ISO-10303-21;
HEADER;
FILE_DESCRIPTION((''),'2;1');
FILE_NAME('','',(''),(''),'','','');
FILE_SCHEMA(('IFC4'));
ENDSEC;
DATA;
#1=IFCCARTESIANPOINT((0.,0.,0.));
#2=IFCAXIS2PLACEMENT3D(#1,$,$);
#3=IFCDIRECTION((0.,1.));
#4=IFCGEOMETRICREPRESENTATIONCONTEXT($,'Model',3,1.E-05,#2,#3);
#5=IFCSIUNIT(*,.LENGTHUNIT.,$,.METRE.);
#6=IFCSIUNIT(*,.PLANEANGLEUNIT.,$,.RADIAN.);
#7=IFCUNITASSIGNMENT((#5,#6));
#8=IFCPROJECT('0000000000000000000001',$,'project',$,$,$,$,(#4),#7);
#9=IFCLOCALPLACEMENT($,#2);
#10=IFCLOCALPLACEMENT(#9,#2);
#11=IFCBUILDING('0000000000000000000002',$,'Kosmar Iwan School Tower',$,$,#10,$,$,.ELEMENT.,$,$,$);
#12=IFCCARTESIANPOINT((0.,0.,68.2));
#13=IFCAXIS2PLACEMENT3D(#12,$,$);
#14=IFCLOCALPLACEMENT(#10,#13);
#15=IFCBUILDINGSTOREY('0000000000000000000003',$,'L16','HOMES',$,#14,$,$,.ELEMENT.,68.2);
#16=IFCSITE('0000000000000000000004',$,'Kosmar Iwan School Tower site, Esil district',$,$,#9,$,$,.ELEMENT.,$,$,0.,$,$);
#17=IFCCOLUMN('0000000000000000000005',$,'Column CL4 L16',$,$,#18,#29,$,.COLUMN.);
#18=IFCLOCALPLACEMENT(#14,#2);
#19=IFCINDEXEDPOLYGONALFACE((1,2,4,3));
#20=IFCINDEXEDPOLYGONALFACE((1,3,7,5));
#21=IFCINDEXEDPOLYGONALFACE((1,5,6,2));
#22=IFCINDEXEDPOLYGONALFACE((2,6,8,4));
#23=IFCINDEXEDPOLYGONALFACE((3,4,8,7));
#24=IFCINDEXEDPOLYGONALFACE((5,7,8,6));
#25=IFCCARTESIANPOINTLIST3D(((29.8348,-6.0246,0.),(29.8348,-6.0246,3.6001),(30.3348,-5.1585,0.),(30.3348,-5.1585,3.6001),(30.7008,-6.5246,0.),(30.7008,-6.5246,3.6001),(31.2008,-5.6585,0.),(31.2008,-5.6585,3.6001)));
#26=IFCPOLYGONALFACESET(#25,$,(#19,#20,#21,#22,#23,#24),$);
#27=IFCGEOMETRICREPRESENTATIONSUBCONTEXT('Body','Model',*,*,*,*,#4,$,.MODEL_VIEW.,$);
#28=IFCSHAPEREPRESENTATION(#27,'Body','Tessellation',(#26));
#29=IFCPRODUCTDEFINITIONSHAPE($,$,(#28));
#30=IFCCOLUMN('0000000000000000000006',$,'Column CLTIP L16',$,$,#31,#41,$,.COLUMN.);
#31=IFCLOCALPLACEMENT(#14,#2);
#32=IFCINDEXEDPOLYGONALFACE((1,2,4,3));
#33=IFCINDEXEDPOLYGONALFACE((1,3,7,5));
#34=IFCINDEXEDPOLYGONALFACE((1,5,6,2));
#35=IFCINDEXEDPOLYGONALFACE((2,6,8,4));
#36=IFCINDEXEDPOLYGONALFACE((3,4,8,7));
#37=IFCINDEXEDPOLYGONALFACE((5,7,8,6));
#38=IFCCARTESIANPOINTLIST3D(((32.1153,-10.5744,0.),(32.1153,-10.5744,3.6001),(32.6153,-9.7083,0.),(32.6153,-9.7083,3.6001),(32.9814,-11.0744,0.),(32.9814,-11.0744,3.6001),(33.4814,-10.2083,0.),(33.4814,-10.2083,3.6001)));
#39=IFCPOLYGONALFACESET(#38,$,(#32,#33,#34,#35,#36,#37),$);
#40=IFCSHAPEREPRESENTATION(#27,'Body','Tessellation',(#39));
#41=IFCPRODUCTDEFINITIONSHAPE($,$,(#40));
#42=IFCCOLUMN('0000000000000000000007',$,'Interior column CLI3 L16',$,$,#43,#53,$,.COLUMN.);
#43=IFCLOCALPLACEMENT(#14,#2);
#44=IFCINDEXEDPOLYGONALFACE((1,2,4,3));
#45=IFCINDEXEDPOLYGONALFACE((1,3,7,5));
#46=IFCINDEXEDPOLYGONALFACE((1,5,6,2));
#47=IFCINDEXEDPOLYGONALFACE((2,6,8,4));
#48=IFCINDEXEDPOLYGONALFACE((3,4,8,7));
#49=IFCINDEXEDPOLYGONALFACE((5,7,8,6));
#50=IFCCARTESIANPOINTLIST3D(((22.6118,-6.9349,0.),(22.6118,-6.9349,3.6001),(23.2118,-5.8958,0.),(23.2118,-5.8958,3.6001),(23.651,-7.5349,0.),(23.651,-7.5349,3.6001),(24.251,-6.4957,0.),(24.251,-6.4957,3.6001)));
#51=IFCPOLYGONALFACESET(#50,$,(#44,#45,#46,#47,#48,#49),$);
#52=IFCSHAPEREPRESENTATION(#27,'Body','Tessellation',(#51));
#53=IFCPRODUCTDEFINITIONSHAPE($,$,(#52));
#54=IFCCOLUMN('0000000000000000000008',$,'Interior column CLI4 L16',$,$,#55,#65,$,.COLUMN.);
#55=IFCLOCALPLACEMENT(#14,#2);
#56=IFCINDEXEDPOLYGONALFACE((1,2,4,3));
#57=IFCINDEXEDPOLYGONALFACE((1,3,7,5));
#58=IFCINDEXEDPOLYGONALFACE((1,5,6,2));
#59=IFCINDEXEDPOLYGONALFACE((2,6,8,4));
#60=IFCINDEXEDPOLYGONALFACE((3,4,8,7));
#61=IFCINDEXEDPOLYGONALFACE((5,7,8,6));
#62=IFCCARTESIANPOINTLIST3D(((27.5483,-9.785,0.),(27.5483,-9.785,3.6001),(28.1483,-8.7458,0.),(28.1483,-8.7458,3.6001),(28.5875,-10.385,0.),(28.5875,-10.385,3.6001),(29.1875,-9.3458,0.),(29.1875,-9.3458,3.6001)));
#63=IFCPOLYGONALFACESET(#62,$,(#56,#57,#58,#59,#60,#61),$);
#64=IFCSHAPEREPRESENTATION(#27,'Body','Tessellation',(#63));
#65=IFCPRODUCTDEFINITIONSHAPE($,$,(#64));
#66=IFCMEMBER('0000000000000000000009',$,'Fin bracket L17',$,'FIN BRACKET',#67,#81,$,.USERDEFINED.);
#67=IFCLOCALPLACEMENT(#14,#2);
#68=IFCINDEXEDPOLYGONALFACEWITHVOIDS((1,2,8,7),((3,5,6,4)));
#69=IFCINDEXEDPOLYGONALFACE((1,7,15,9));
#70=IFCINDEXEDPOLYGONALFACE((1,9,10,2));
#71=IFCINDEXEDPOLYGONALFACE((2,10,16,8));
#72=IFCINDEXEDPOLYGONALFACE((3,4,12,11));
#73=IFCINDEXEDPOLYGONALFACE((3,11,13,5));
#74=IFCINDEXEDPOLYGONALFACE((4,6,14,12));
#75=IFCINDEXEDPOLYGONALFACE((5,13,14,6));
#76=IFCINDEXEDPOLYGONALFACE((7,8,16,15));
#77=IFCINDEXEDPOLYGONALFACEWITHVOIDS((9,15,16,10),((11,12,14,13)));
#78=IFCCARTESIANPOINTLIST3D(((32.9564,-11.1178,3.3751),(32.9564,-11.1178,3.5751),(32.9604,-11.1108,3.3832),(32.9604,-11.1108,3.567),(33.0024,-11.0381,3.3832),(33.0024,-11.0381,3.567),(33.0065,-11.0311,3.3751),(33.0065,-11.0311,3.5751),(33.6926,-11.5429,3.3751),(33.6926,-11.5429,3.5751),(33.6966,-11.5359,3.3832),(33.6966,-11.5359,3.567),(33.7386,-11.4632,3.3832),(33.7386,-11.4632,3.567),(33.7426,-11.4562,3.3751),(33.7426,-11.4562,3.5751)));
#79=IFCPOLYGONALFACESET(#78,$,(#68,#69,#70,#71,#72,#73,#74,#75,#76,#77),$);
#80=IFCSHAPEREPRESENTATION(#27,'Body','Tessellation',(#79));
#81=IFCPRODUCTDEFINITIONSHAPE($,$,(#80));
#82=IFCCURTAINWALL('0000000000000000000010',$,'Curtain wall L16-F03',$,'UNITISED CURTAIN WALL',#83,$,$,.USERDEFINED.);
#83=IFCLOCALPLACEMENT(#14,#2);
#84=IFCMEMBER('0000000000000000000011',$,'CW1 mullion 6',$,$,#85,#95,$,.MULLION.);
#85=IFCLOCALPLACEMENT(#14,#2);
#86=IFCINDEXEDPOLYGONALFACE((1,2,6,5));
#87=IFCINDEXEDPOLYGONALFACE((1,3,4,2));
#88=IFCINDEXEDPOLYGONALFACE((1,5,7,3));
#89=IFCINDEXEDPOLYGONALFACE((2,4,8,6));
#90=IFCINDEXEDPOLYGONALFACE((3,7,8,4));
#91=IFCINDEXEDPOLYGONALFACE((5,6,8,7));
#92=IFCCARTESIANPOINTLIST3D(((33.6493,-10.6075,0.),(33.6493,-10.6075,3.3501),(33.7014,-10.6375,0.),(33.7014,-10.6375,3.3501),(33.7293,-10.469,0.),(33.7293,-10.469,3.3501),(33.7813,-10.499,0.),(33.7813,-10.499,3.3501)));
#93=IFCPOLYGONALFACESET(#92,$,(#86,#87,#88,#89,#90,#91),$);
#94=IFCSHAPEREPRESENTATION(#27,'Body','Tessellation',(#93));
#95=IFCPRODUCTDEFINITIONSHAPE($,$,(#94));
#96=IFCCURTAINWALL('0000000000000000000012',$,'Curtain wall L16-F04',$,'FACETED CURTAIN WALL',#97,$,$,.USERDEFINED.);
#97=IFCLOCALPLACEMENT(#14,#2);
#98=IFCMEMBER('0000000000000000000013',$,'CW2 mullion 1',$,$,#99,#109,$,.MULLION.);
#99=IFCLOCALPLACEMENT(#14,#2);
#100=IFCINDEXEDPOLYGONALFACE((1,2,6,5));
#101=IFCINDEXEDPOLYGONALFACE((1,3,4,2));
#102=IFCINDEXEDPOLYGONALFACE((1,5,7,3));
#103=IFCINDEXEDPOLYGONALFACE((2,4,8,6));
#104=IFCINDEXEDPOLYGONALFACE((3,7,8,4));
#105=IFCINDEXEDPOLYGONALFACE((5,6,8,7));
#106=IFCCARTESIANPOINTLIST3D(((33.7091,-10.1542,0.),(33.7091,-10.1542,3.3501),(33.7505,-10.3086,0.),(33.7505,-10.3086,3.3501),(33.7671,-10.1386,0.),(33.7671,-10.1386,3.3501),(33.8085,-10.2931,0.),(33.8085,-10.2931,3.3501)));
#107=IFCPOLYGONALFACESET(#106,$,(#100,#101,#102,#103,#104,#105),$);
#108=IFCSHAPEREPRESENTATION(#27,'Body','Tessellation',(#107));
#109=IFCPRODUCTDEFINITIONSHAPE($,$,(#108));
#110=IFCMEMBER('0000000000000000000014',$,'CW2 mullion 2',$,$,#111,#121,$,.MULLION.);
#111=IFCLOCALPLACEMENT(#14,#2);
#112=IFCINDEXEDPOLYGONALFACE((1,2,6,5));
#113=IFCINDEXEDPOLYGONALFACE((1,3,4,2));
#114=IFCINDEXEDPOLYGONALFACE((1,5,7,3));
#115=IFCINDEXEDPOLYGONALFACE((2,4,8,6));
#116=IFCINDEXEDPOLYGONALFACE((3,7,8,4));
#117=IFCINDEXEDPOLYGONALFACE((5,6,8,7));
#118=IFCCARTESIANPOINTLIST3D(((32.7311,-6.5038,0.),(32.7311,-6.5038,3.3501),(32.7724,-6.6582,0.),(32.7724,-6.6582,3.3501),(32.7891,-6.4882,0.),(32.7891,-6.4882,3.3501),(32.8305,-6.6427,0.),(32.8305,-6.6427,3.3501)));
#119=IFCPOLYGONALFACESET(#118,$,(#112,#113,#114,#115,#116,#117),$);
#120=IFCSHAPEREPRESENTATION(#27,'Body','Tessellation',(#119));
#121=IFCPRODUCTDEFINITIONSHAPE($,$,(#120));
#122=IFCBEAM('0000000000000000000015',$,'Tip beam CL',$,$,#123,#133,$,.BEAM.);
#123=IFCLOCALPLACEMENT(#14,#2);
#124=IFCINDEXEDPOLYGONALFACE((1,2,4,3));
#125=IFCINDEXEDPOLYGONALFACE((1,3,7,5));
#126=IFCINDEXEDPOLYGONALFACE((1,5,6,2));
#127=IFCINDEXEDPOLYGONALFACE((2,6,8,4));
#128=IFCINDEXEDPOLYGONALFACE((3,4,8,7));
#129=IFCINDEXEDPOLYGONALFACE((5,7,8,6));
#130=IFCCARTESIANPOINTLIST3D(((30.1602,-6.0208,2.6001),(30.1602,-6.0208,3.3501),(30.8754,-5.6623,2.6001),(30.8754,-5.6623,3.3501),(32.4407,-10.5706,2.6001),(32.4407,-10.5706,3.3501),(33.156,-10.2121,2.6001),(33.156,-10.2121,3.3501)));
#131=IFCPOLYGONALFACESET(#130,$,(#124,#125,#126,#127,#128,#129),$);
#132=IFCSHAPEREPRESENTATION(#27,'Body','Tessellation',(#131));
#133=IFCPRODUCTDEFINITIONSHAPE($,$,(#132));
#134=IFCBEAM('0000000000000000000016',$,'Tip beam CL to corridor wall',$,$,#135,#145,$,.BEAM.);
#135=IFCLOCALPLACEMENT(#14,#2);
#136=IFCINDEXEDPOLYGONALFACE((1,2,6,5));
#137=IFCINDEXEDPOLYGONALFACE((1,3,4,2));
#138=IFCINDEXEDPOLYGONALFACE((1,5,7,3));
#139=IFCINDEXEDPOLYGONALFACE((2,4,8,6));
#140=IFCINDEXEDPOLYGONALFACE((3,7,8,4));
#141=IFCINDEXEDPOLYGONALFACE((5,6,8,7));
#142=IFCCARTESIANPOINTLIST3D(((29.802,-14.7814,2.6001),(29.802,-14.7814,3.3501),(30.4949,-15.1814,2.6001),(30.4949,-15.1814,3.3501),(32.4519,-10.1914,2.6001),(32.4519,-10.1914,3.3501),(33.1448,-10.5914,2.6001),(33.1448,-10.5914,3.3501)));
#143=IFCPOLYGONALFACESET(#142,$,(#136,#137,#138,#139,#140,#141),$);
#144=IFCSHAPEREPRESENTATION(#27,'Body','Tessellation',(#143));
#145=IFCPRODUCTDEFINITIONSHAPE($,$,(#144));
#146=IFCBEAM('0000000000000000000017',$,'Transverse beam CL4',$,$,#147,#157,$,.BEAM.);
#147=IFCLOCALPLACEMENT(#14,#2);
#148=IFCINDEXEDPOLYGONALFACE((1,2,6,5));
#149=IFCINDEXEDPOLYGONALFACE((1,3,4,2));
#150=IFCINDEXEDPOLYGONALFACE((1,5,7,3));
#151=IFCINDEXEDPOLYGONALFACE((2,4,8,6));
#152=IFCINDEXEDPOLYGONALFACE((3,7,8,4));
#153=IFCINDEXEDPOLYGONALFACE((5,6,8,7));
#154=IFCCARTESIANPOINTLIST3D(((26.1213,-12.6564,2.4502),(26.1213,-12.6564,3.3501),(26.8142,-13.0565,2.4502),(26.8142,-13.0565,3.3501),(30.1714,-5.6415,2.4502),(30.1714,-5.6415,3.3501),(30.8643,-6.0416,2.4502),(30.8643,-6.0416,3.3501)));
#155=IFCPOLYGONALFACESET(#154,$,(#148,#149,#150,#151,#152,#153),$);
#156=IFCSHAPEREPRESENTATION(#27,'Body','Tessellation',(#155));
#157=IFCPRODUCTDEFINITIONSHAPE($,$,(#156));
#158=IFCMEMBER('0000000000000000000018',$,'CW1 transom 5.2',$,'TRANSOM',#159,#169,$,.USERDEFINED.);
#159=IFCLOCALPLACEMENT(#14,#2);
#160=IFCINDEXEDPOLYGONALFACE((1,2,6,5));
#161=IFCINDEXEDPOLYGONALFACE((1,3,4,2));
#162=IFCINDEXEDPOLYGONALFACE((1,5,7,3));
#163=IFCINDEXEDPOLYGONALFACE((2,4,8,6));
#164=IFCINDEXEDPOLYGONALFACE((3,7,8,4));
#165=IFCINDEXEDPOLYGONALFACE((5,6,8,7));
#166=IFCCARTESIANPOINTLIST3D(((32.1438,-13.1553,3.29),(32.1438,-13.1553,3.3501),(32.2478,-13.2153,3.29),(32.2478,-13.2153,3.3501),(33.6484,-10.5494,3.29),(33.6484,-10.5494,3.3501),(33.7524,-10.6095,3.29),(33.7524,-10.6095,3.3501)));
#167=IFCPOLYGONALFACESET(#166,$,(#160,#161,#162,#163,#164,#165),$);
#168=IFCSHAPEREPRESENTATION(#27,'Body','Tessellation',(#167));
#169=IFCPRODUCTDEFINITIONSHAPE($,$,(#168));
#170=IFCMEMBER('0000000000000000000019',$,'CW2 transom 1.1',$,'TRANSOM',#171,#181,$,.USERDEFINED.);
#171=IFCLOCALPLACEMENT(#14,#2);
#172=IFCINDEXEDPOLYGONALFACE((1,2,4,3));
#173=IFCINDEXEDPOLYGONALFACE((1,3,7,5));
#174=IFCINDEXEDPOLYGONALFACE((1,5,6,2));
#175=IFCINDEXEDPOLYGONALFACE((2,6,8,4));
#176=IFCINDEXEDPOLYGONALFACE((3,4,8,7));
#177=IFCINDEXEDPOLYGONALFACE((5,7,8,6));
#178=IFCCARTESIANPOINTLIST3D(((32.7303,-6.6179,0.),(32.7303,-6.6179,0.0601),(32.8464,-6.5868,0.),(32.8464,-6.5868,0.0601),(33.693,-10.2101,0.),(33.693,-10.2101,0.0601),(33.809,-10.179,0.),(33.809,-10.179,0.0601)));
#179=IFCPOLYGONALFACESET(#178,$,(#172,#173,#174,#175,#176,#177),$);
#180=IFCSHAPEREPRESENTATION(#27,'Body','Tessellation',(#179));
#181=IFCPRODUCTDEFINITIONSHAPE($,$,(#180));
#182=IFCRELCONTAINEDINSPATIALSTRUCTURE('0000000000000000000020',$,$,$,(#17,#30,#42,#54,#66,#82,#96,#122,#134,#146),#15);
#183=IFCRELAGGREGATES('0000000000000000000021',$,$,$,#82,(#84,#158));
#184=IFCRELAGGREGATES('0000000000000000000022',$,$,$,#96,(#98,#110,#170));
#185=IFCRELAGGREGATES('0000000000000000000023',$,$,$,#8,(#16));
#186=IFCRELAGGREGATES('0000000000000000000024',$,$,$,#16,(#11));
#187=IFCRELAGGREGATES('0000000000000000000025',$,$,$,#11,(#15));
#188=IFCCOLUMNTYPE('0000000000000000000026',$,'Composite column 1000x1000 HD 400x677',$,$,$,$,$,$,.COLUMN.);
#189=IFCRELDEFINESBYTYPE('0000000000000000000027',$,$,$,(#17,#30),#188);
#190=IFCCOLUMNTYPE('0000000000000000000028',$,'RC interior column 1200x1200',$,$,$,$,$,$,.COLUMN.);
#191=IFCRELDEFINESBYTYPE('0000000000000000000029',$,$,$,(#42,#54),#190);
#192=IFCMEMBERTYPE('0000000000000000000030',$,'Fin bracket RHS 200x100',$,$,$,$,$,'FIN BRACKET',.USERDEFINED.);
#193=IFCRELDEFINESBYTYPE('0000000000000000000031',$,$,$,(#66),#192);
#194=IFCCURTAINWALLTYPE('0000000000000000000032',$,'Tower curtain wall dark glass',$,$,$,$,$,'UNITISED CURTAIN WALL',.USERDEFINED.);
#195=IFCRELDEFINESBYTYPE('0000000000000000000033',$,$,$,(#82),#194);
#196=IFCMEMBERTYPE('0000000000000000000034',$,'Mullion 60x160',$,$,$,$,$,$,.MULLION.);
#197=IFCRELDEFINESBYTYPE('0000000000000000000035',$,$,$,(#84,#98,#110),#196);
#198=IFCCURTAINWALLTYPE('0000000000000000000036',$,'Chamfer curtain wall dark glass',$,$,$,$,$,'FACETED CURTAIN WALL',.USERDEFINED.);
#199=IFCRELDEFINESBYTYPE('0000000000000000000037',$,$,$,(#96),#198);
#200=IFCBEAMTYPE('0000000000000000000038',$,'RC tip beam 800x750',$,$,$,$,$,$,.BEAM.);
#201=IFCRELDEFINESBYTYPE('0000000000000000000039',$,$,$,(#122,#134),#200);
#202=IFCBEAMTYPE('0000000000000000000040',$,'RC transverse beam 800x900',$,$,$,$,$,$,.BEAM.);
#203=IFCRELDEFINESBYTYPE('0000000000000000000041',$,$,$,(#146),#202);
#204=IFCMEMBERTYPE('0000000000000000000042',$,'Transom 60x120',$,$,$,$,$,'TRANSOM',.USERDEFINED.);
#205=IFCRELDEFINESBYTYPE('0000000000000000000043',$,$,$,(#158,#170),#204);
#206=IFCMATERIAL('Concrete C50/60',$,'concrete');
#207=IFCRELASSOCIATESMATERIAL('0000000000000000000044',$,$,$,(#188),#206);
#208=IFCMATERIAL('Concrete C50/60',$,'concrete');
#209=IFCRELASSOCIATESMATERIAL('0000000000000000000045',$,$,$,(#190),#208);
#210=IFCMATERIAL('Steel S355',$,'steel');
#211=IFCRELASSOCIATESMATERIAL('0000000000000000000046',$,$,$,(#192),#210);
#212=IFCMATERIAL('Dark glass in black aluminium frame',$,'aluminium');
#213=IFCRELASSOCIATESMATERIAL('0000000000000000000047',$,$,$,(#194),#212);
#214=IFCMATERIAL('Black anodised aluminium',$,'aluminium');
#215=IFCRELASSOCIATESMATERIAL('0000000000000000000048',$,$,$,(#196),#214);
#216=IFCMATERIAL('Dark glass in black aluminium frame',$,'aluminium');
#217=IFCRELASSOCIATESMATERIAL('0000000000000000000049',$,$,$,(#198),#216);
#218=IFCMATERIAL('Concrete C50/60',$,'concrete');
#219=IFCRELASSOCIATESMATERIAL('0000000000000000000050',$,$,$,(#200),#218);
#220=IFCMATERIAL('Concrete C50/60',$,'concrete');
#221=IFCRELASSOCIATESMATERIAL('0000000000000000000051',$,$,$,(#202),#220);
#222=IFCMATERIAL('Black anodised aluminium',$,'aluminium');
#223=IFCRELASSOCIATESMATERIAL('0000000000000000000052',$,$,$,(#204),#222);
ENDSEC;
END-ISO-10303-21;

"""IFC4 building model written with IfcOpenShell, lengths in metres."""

from ifc_helpers import new_model, si_unit, direction, frame, origin, origin_2d, place, context, subcontext, project, spatial, rectangle, hollow_rectangle, extrude, material, material_profile, profile_set, type_object, element, aggregate, save


model = new_model("IFC4")

# Units and contexts
model_context = context("Model", 3, precision=1e-05, world=origin(), true_north=direction((0.0, 1.0)))
body_context = subcontext(model_context, "Body", "Model", "MODEL_VIEW")
ifc_project = project(units=[si_unit("LENGTHUNIT", "METRE"), si_unit("PLANEANGLEUNIT", "RADIAN")], contexts=[model_context])

# Site, building, storey
site_placement = place(None, origin())
site = spatial("IfcSite", under=ifc_project, at=site_placement, Name="Kosmar Iwan School Tower site, Esil district", CompositionType="ELEMENT", RefElevation=0.0)
building_placement = place(site_placement, origin())
building = spatial("IfcBuilding", under=site, at=building_placement, Name="Kosmar Iwan School Tower", CompositionType="ELEMENT")
storey_placement = place(building_placement, frame((0.0, 0.0, 68.2)))
storey = spatial("IfcBuildingStorey", under=building, at=storey_placement, Name="L16", Description="HOMES", CompositionType="ELEMENT", Elevation=68.2)

# Columns
ifc_material_1 = material(Name="Concrete C50/60", Category="concrete")
ifc_material_profile_1 = material_profile(ifc_material_1, rectangle(XDim=1.0, YDim=1.0, at=origin_2d()), Name="RC 1000x1000 + HD 400x677")
ifc_profile_set_1 = profile_set([ifc_material_profile_1], Name="Concrete C50/60")
column_type_1 = type_object("IfcColumnType", Name="Composite column 1000x1000 HD 400x677", PredefinedType="COLUMN", material=ifc_profile_set_1)
for number, where, z_axis, x_axis, name in (
    (1, (30.5178, -5.8416, 0.0), (0.0, 0.0, 1.0), (0.866025, -0.5, 0.0), "Column CL4 L16"),
    (2, (32.7983, -10.3914, 0.0), (0.0, 0.0, 1.0), (0.866025, -0.5, 0.0), "Column CLTIP L16"),
):
    element("IfcColumn", number, at=place(storey_placement, frame(where, z_axis=z_axis, x_axis=x_axis)), inside=storey, type_object=column_type_1, Name=name, PredefinedType="COLUMN", context=body_context, shape_type="SweptSolid", body=[
        extrude(rectangle(XDim=1.0, YDim=1.0, at=origin_2d()), origin(), (0.0, 0.0, 1.0), 3.6001),
    ])
ifc_material_2 = material(Name="Concrete C50/60", Category="concrete")
ifc_material_profile_2 = material_profile(ifc_material_2, rectangle(XDim=1.2, YDim=1.2, at=origin_2d()), Name="RC 1200x1200")
ifc_profile_set_2 = profile_set([ifc_material_profile_2], Name="Concrete C50/60")
column_type_2 = type_object("IfcColumnType", Name="RC interior column 1200x1200", PredefinedType="COLUMN", material=ifc_profile_set_2)
for number, where, z_axis, x_axis, name in (
    (3, (23.4314, -6.7153, 0.0), (0.0, 0.0, 1.0), (0.866025, -0.5, 0.0), "Interior column CLI3 L16"),
    (4, (28.3679, -9.5654, 0.0), (0.0, 0.0, 1.0), (0.866025, -0.5, 0.0), "Interior column CLI4 L16"),
):
    element("IfcColumn", number, at=place(storey_placement, frame(where, z_axis=z_axis, x_axis=x_axis)), inside=storey, type_object=column_type_2, Name=name, PredefinedType="COLUMN", context=body_context, shape_type="SweptSolid", body=[
        extrude(rectangle(XDim=1.2, YDim=1.2, at=origin_2d()), origin(), (0.0, 0.0, 1.0), 3.6001),
    ])

# Member
ifc_material_3 = material(Name="Steel S355", Category="steel")
ifc_material_profile_3 = material_profile(ifc_material_3, hollow_rectangle(XDim=0.1001, YDim=0.2, WallThickness=0.0081, at=origin_2d()), Name="RHS 200x100x8")
ifc_profile_set_3 = profile_set([ifc_material_profile_3], Name="Steel S355")
member_type_1 = type_object("IfcMemberType", Name="Fin bracket RHS 200x100", ElementType="FIN BRACKET", PredefinedType="USERDEFINED", material=ifc_profile_set_3)
member_1_placement = place(storey_placement, frame((32.9814, -11.0745, 3.4751), z_axis=(0.865989, -0.500062, 0.0), x_axis=(0.500062, 0.865989, 0.0)))
element("IfcMember", 5, at=member_1_placement, inside=storey, type_object=member_type_1, Name="Fin bracket L17", ObjectType="FIN BRACKET", PredefinedType="USERDEFINED", context=body_context, shape_type="SweptSolid", body=[
    extrude(hollow_rectangle(XDim=0.1001, YDim=0.2, WallThickness=0.0081, at=origin_2d()), origin(), (0.0, 0.0, 1.0), 0.8501),
])

# Curtain wall, member
ifc_material_4 = material(Name="Dark glass in black aluminium frame", Category="aluminium")
curtain_wall_type_1 = type_object("IfcCurtainWallType", Name="Tower curtain wall dark glass", ElementType="UNITISED CURTAIN WALL", PredefinedType="USERDEFINED", material=ifc_material_4)
curtain_wall_1_placement = place(storey_placement, origin())
curtain_wall_1 = element("IfcCurtainWall", 6, at=curtain_wall_1_placement, inside=storey, type_object=curtain_wall_type_1, Name="Curtain wall L16-F03", ObjectType="UNITISED CURTAIN WALL", PredefinedType="USERDEFINED")
ifc_material_5 = material(Name="Black anodised aluminium", Category="aluminium")
ifc_material_profile_4 = material_profile(ifc_material_5, rectangle(XDim=0.0601, YDim=0.1599, at=origin_2d()), Name="MULLION 60x160")
ifc_profile_set_4 = profile_set([ifc_material_profile_4], Name="Black anodised aluminium")
member_type_2 = type_object("IfcMemberType", Name="Mullion 60x160", PredefinedType="MULLION", material=ifc_profile_set_4)
member_2_placement = place(storey_placement, frame((33.7153, -10.5532, 0.0), z_axis=(0.0, 0.0, 1.0), x_axis=(-0.866025, 0.5, 0.0)))
member_2 = element("IfcMember", 7, at=member_2_placement, type_object=member_type_2, Name="CW1 mullion 6", PredefinedType="MULLION", context=body_context, shape_type="SweptSolid", body=[
    extrude(rectangle(XDim=0.0601, YDim=0.1599, at=origin_2d()), origin(), (0.0, 0.0, 1.0), 3.3501),
])

# Curtain wall, members
ifc_material_6 = material(Name="Dark glass in black aluminium frame", Category="aluminium")
curtain_wall_type_2 = type_object("IfcCurtainWallType", Name="Chamfer curtain wall dark glass", ElementType="FACETED CURTAIN WALL", PredefinedType="USERDEFINED", material=ifc_material_6)
curtain_wall_2_placement = place(storey_placement, origin())
curtain_wall_2 = element("IfcCurtainWall", 8, at=curtain_wall_2_placement, inside=storey, type_object=curtain_wall_type_2, Name="Curtain wall L16-F04", ObjectType="FACETED CURTAIN WALL", PredefinedType="USERDEFINED")
member_3_placement = place(storey_placement, frame((33.7588, -10.2236, 0.0), z_axis=(0.0, 0.0, 1.0), x_axis=(-0.965926, -0.258819, 0.0)))
member_3 = element("IfcMember", 9, at=member_3_placement, type_object=member_type_2, Name="CW2 mullion 1", PredefinedType="MULLION", context=body_context, shape_type="SweptSolid", body=[
    extrude(rectangle(XDim=0.0601, YDim=0.1599, at=origin_2d()), origin(), (0.0, 0.0, 1.0), 3.3501),
])
member_4_placement = place(storey_placement, frame((32.7808, -6.5732, 0.0), z_axis=(0.0, 0.0, 1.0), x_axis=(-0.965926, -0.258819, 0.0)))
member_4 = element("IfcMember", 10, at=member_4_placement, type_object=member_type_2, Name="CW2 mullion 2", PredefinedType="MULLION", context=body_context, shape_type="SweptSolid", body=[
    extrude(rectangle(XDim=0.0601, YDim=0.1599, at=origin_2d()), origin(), (0.0, 0.0, 1.0), 3.3501),
])

# Beams
ifc_material_7 = material(Name="Concrete C50/60", Category="concrete")
ifc_material_profile_5 = material_profile(ifc_material_7, rectangle(XDim=0.8, YDim=0.75, at=origin_2d()), Name="RC 800x750")
ifc_profile_set_5 = profile_set([ifc_material_profile_5], Name="Concrete C50/60")
beam_type_1 = type_object("IfcBeamType", Name="RC tip beam 800x750", PredefinedType="BEAM", material=ifc_profile_set_5)
beam_1_placement = place(storey_placement, frame((30.5178, -5.8416, 2.9751), z_axis=(0.448096, -0.893985, 0.0), x_axis=(0.893985, 0.448096, 0.0)))
element("IfcBeam", 11, at=beam_1_placement, inside=storey, type_object=beam_type_1, Name="Tip beam CL", PredefinedType="BEAM", context=body_context, shape_type="SweptSolid", body=[
    extrude(rectangle(XDim=0.8, YDim=0.75, at=origin_2d()), origin(), (0.0, 0.0, 1.0), 5.0894),
])
beam_2_placement = place(storey_placement, frame((32.7983, -10.3914, 2.9751), z_axis=(-0.499974, -0.866041, 0.0), x_axis=(0.866041, -0.499974, 0.0)))
element("IfcBeam", 12, at=beam_2_placement, inside=storey, type_object=beam_type_1, Name="Tip beam CL to corridor wall", PredefinedType="BEAM", context=body_context, shape_type="SweptSolid", body=[
    extrude(rectangle(XDim=0.8, YDim=0.75, at=origin_2d()), origin(), (0.0, 0.0, 1.0), 5.3),
])
ifc_material_8 = material(Name="Concrete C50/60", Category="concrete")
ifc_material_profile_6 = material_profile(ifc_material_8, rectangle(XDim=0.8, YDim=0.8999, at=origin_2d()), Name="RC 800x900")
ifc_profile_set_6 = profile_set([ifc_material_profile_6], Name="Concrete C50/60")
beam_type_2 = type_object("IfcBeamType", Name="RC transverse beam 800x900", PredefinedType="BEAM", material=ifc_profile_set_6)
beam_3_placement = place(storey_placement, frame((30.5178, -5.8416, 2.9001), z_axis=(-0.5, -0.866025, 0.0), x_axis=(0.866025, -0.5, 0.0)))
element("IfcBeam", 13, at=beam_3_placement, inside=storey, type_object=beam_type_2, Name="Transverse beam CL4", PredefinedType="BEAM", context=body_context, shape_type="SweptSolid", body=[
    extrude(rectangle(XDim=0.8, YDim=0.8999, at=origin_2d()), origin(), (0.0, 0.0, 1.0), 8.1001),
])

# Members
ifc_material_9 = material(Name="Black anodised aluminium", Category="aluminium")
ifc_material_profile_7 = material_profile(ifc_material_9, rectangle(XDim=0.1201, YDim=0.0601, at=origin_2d()), Name="TRANSOM 60x120")
ifc_profile_set_7 = profile_set([ifc_material_profile_7], Name="Black anodised aluminium")
member_type_3 = type_object("IfcMemberType", Name="Transom 60x120", ElementType="TRANSOM", PredefinedType="USERDEFINED", material=ifc_profile_set_7)
member_5_placement = place(storey_placement, frame((32.1958, -13.1853, 3.3201), z_axis=(0.500022, 0.866013, 0.0), x_axis=(-0.866013, 0.500022, 0.0)))
member_5 = element("IfcMember", 14, at=member_5_placement, type_object=member_type_3, Name="CW1 transom 5.2", ObjectType="TRANSOM", PredefinedType="USERDEFINED", context=body_context, shape_type="SweptSolid", body=[
    extrude(rectangle(XDim=0.1201, YDim=0.0601, at=origin_2d()), origin(), (0.0, 0.0, 1.0), 3.009),
])
member_6_placement = place(storey_placement, frame((33.751, -10.1946, 0.03), z_axis=(-0.258843, 0.965919, 0.0), x_axis=(-0.965919, -0.258843, 0.0)))
member_6 = element("IfcMember", 15, at=member_6_placement, type_object=member_type_3, Name="CW2 transom 1.1", ObjectType="TRANSOM", PredefinedType="USERDEFINED", context=body_context, shape_type="SweptSolid", body=[
    extrude(rectangle(XDim=0.1201, YDim=0.0601, at=origin_2d()), origin(), (0.0, 0.0, 1.0), 3.719),
])

aggregate(curtain_wall_1, [member_2, member_5])
aggregate(curtain_wall_2, [member_3, member_4, member_6])

save(model, "model.ifc")
